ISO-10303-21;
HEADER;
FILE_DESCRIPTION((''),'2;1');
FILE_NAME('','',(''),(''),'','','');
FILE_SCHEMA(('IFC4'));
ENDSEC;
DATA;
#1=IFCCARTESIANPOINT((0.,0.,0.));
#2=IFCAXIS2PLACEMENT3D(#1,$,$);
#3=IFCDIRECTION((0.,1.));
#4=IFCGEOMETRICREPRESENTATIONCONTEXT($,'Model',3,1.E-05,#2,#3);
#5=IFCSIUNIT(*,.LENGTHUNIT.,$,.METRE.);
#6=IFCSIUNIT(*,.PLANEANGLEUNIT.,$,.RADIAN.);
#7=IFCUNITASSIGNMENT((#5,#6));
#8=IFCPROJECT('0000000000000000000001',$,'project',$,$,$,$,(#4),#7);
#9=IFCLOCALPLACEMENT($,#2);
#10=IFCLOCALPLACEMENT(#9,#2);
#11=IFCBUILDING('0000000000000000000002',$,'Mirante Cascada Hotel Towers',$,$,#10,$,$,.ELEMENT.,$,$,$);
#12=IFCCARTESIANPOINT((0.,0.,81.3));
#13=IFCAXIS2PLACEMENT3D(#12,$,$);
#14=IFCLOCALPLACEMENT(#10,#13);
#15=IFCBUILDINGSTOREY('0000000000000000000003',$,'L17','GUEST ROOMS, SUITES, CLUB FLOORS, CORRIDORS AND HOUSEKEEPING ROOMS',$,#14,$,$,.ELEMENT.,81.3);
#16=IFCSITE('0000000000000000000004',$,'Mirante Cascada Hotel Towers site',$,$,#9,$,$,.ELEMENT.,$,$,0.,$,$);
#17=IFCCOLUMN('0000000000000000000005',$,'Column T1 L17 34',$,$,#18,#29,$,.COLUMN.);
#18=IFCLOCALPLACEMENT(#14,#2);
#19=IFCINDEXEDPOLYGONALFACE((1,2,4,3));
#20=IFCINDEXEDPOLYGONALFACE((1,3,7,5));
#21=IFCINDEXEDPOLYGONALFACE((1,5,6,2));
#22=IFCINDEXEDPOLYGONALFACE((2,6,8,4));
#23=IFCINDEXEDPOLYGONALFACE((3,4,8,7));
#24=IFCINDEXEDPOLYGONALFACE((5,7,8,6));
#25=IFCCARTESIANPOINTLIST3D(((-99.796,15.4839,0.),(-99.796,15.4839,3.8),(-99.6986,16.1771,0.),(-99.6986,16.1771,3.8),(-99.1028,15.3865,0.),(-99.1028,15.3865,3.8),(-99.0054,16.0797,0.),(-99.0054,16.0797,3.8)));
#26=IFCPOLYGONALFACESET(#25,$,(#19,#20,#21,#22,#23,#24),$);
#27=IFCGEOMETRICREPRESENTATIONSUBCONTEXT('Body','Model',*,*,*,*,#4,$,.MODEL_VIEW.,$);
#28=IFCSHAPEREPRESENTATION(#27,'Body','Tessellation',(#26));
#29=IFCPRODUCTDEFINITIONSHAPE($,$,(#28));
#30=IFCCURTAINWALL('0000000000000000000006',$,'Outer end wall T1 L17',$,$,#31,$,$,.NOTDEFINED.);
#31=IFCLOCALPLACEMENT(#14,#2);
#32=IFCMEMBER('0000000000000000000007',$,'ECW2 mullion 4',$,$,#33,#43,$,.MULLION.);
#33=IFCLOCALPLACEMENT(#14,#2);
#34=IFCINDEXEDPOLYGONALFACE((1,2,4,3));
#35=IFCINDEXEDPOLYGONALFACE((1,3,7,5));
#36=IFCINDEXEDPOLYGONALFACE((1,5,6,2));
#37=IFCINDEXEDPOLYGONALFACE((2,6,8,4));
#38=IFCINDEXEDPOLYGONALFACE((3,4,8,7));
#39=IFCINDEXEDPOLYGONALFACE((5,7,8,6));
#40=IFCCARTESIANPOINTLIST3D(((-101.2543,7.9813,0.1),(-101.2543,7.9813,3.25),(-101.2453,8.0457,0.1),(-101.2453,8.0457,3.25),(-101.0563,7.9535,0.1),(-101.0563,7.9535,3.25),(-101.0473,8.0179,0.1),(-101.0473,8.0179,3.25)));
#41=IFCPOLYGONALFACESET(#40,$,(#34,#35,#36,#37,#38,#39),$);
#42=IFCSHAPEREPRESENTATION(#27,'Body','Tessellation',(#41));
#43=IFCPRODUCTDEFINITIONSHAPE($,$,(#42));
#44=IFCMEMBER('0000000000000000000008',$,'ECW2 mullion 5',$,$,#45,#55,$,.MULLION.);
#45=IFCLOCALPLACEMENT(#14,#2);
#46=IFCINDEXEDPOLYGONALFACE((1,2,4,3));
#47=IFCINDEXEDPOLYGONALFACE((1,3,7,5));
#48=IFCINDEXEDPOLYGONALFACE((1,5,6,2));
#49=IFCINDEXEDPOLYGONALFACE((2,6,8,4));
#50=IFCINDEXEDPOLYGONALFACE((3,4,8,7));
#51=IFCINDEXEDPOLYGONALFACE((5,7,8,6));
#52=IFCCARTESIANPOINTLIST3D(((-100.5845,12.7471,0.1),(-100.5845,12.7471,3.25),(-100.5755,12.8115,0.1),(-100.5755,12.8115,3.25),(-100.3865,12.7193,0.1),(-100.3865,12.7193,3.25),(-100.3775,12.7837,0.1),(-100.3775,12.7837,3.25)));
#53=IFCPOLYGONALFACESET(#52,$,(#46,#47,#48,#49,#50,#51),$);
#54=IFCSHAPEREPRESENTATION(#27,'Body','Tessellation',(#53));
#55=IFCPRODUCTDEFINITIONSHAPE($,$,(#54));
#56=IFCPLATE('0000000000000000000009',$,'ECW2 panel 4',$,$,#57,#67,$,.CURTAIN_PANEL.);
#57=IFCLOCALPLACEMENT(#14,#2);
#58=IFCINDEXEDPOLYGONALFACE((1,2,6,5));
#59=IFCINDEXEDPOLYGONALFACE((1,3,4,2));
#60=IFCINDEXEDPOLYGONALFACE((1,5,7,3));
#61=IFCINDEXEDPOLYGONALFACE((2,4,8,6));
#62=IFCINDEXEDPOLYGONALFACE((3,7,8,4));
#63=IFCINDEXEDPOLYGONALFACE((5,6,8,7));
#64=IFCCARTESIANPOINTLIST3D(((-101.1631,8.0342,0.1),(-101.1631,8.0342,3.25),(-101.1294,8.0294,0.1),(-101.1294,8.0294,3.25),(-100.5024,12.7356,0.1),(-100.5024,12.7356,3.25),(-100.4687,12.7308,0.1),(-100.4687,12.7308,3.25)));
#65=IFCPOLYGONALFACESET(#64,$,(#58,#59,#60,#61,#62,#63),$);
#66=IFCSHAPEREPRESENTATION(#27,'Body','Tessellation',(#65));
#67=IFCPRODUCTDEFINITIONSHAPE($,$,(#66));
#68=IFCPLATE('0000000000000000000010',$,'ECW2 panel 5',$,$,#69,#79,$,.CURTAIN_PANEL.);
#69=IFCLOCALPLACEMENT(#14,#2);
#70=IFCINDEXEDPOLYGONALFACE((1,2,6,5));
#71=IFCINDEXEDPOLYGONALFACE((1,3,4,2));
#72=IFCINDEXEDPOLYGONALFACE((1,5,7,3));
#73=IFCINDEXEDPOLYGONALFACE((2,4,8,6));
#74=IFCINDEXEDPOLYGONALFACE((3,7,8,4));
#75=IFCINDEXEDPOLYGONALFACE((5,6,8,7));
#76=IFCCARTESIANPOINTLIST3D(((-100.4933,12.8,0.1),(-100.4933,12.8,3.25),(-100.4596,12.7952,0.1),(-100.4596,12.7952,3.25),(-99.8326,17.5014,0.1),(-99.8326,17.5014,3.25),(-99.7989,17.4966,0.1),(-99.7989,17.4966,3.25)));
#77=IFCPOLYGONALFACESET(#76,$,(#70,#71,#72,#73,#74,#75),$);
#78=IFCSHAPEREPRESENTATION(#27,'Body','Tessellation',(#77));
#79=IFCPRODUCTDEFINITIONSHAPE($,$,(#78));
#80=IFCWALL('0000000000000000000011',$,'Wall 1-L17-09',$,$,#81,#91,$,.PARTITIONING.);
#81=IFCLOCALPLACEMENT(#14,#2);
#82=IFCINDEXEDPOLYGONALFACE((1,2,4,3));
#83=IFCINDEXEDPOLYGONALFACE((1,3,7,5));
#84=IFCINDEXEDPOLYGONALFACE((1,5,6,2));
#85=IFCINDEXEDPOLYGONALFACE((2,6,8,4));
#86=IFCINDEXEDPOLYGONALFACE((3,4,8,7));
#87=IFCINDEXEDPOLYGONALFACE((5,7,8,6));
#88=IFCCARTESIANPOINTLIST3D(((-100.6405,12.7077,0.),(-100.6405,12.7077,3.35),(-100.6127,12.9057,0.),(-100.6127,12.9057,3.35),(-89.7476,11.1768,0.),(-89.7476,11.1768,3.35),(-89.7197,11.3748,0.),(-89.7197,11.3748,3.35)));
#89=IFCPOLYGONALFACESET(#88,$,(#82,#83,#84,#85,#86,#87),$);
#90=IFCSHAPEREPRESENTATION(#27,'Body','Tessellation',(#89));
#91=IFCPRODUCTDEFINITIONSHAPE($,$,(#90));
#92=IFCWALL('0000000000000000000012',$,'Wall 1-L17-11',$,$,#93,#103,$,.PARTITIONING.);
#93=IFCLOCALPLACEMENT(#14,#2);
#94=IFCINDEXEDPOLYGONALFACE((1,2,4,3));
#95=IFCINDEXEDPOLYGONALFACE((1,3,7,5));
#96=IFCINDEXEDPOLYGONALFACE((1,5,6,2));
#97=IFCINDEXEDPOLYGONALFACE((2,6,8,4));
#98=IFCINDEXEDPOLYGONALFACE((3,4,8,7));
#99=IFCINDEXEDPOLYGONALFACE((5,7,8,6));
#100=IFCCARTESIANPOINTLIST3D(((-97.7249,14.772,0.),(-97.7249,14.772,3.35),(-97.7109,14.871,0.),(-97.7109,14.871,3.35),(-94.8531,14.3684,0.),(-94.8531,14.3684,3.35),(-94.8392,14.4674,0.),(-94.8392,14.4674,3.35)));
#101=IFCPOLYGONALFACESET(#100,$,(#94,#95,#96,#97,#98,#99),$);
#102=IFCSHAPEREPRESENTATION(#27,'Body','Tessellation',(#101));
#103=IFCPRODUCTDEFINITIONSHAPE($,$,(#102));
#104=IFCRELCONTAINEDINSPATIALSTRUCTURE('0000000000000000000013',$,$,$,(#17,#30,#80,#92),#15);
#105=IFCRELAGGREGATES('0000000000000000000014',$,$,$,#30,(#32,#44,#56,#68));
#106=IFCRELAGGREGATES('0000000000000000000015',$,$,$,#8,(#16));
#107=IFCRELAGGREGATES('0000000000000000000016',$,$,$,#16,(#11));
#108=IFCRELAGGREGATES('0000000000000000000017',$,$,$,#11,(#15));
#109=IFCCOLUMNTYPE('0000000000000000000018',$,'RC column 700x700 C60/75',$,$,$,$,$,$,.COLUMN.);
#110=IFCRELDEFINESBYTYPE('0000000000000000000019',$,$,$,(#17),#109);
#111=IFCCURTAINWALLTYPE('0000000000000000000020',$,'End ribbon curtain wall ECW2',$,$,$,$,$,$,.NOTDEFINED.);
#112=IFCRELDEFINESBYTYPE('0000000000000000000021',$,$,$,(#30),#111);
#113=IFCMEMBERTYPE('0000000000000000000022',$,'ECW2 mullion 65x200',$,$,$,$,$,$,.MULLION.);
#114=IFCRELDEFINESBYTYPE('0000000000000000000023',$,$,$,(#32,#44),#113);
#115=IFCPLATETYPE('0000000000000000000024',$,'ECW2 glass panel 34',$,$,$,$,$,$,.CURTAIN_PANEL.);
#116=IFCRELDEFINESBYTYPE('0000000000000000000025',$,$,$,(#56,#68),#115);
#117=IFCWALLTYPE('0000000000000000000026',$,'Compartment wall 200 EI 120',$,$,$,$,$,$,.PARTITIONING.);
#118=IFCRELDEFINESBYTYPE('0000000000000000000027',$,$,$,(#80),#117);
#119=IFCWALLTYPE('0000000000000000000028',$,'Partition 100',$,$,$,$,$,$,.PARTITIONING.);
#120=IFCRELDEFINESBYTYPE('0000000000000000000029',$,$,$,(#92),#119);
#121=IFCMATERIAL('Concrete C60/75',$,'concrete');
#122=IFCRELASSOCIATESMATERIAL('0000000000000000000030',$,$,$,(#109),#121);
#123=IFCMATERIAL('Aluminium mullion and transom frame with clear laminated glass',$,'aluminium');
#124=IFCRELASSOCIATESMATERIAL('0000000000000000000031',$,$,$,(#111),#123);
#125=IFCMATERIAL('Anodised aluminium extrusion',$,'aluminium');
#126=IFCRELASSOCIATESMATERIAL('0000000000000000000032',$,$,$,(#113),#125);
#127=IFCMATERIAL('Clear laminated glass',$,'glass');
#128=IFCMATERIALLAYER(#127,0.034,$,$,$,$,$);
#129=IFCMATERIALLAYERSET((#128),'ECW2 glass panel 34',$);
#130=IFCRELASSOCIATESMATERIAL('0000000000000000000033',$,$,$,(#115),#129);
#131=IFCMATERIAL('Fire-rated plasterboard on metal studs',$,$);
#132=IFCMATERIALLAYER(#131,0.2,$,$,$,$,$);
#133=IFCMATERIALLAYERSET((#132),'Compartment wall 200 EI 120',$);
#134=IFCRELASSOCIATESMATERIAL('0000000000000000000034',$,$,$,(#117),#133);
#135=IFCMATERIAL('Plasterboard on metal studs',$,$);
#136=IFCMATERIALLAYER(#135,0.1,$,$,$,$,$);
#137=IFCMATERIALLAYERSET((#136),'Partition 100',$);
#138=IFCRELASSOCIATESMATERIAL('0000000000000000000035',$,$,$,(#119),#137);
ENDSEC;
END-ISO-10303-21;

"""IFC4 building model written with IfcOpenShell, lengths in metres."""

from ifc_helpers import new_model, si_unit, direction, frame, frame_2d, origin, origin_2d, place, context, subcontext, project, spatial, rectangle, extrude, material, layer, layer_set, material_profile, profile_set, type_object, element, aggregate, save


model = new_model("IFC4")

# Units and contexts
model_context = context("Model", 3, precision=1e-05, world=origin(), true_north=direction((0.0, 1.0)))
body_context = subcontext(model_context, "Body", "Model", "MODEL_VIEW")
ifc_project = project(units=[si_unit("LENGTHUNIT", "METRE"), si_unit("PLANEANGLEUNIT", "RADIAN")], contexts=[model_context])

# Site, building, storey
site_placement = place(None, origin())
site = spatial("IfcSite", under=ifc_project, at=site_placement, Name="Mirante Cascada Hotel Towers site", CompositionType="ELEMENT", RefElevation=0.0)
building_placement = place(site_placement, origin())
building = spatial("IfcBuilding", under=site, at=building_placement, Name="Mirante Cascada Hotel Towers", CompositionType="ELEMENT")
storey_placement = place(building_placement, frame((0.0, 0.0, 81.3)))
storey = spatial("IfcBuildingStorey", under=building, at=storey_placement, Name="L17", Description="GUEST ROOMS, SUITES, CLUB FLOORS, CORRIDORS AND HOUSEKEEPING ROOMS", CompositionType="ELEMENT", Elevation=81.3)

# Column
ifc_material_1 = material(Name="Concrete C60/75", Category="concrete")
ifc_material_profile_1 = material_profile(ifc_material_1, rectangle(XDim=0.7, YDim=0.7, at=origin_2d()), Name="RC column 700x700 C60/75")
ifc_profile_set_1 = profile_set([ifc_material_profile_1], Name="Concrete C60/75")
column_type = type_object("IfcColumnType", Name="RC column 700x700 C60/75", PredefinedType="COLUMN", material=ifc_profile_set_1)
column_placement = place(storey_placement, frame((-99.4007, 15.7818, 0.0), z_axis=(0.0, 0.0, 1.0), x_axis=(-0.990268, 0.139173, 0.0)))
element("IfcColumn", 1, at=column_placement, inside=storey, type_object=column_type, Name="Column T1 L17 34", PredefinedType="COLUMN", context=body_context, shape_type="SweptSolid", body=[
    extrude(rectangle(XDim=0.7, YDim=0.7, at=origin_2d()), origin(), (0.0, 0.0, 1.0), 3.8),
])

# Curtain wall, members, plates
ifc_material_2 = material(Name="Aluminium mullion and transom frame with clear laminated glass", Category="aluminium")
curtain_wall_type = type_object("IfcCurtainWallType", Name="End ribbon curtain wall ECW2", PredefinedType="NOTDEFINED", material=ifc_material_2)
curtain_wall_placement = place(storey_placement, origin())
curtain_wall = element("IfcCurtainWall", 2, at=curtain_wall_placement, inside=storey, type_object=curtain_wall_type, Name="Outer end wall T1 L17", PredefinedType="NOTDEFINED")
ifc_material_3 = material(Name="Anodised aluminium extrusion", Category="aluminium")
ifc_material_profile_2 = material_profile(ifc_material_3, rectangle(XDim=0.2, YDim=0.065, at=origin_2d()), Name="ECW2 MULLION 65x200")
ifc_profile_set_2 = profile_set([ifc_material_profile_2], Name="Anodised aluminium extrusion")
member_type = type_object("IfcMemberType", Name="ECW2 mullion 65x200", PredefinedType="MULLION", material=ifc_profile_set_2)
member_1_placement = place(storey_placement, frame((-101.1508, 7.9996, 0.1), z_axis=(0.0, 0.0, 1.0), x_axis=(-0.990268, 0.139173, 0.0)))
member_1 = element("IfcMember", 3, at=member_1_placement, type_object=member_type, Name="ECW2 mullion 4", PredefinedType="MULLION", context=body_context, shape_type="SweptSolid", body=[
    extrude(rectangle(XDim=0.2, YDim=0.065, at=origin_2d()), origin(), (0.0, 0.0, 1.0), 3.15),
])
member_2_placement = place(storey_placement, frame((-100.481, 12.7654, 0.1), z_axis=(0.0, 0.0, 1.0), x_axis=(-0.990268, 0.139173, 0.0)))
member_2 = element("IfcMember", 4, at=member_2_placement, type_object=member_type, Name="ECW2 mullion 5", PredefinedType="MULLION", context=body_context, shape_type="SweptSolid", body=[
    extrude(rectangle(XDim=0.2, YDim=0.065, at=origin_2d()), origin(), (0.0, 0.0, 1.0), 3.15),
])
ifc_material_4 = material(Name="Clear laminated glass", Category="glass")
ifc_layer_1 = layer(ifc_material_4, 0.034)
ifc_layer_set_1 = layer_set([ifc_layer_1], Name="ECW2 glass panel 34")
plate_type = type_object("IfcPlateType", Name="ECW2 glass panel 34", PredefinedType="CURTAIN_PANEL", material=ifc_layer_set_1)
plate_1_placement = place(storey_placement, frame((-100.8159, 10.3825, 0.1), z_axis=(0.0, 0.0, 1.0), x_axis=(0.139173, 0.990268, 0.0)))
plate_1 = element("IfcPlate", 5, at=plate_1_placement, type_object=plate_type, Name="ECW2 panel 4", PredefinedType="CURTAIN_PANEL", context=body_context, shape_type="SweptSolid", body=[
    extrude(rectangle(XDim=4.7476, YDim=0.034, at=origin_2d()), origin(), (0.0, 0.0, 1.0), 3.15),
])
plate_2_placement = place(storey_placement, frame((-100.1461, 15.1483, 0.1), z_axis=(0.0, 0.0, 1.0), x_axis=(0.139173, 0.990268, 0.0)))
plate_2 = element("IfcPlate", 6, at=plate_2_placement, type_object=plate_type, Name="ECW2 panel 5", PredefinedType="CURTAIN_PANEL", context=body_context, shape_type="SweptSolid", body=[
    extrude(rectangle(XDim=4.7476, YDim=0.034, at=origin_2d()), origin(), (0.0, 0.0, 1.0), 3.15),
])
aggregate(curtain_wall, [member_1, member_2, plate_1, plate_2])

# Walls
ifc_material_5 = material(Name="Fire-rated plasterboard on metal studs")
ifc_layer_2 = layer(ifc_material_5, 0.2)
ifc_layer_set_2 = layer_set([ifc_layer_2], Name="Compartment wall 200 EI 120")
wall_type_1 = type_object("IfcWallType", Name="Compartment wall 200 EI 120", PredefinedType="PARTITIONING", material=ifc_layer_set_2)
wall_1_placement = place(storey_placement, frame((-100.6266, 12.8067, 0.0), z_axis=(0.0, 0.0, 1.0), x_axis=(0.990268, -0.139173, 0.0)))
element("IfcWall", 7, at=wall_1_placement, inside=storey, type_object=wall_type_1, Name="Wall 1-L17-09", PredefinedType="PARTITIONING", context=body_context, shape_type="SweptSolid", body=[
    extrude(rectangle(XDim=11.0, YDim=0.2, at=frame_2d((5.5, 0.0))), origin(), (0.0, 0.0, 1.0), 3.35),
])
ifc_material_6 = material(Name="Plasterboard on metal studs")
ifc_layer_3 = layer(ifc_material_6, 0.1)
ifc_layer_set_3 = layer_set([ifc_layer_3], Name="Partition 100")
wall_type_2 = type_object("IfcWallType", Name="Partition 100", PredefinedType="PARTITIONING", material=ifc_layer_set_3)
wall_2_placement = place(storey_placement, frame((-97.7179, 14.8215, 0.0), z_axis=(0.0, 0.0, 1.0), x_axis=(0.990268, -0.139171, 0.0)))
element("IfcWall", 8, at=wall_2_placement, inside=storey, type_object=wall_type_2, Name="Wall 1-L17-11", PredefinedType="PARTITIONING", context=body_context, shape_type="SweptSolid", body=[
    extrude(rectangle(XDim=2.9, YDim=0.1, at=frame_2d((1.45, 0.0))), origin(), (0.0, 0.0, 1.0), 3.35),
])

save(model, "model.ifc")
